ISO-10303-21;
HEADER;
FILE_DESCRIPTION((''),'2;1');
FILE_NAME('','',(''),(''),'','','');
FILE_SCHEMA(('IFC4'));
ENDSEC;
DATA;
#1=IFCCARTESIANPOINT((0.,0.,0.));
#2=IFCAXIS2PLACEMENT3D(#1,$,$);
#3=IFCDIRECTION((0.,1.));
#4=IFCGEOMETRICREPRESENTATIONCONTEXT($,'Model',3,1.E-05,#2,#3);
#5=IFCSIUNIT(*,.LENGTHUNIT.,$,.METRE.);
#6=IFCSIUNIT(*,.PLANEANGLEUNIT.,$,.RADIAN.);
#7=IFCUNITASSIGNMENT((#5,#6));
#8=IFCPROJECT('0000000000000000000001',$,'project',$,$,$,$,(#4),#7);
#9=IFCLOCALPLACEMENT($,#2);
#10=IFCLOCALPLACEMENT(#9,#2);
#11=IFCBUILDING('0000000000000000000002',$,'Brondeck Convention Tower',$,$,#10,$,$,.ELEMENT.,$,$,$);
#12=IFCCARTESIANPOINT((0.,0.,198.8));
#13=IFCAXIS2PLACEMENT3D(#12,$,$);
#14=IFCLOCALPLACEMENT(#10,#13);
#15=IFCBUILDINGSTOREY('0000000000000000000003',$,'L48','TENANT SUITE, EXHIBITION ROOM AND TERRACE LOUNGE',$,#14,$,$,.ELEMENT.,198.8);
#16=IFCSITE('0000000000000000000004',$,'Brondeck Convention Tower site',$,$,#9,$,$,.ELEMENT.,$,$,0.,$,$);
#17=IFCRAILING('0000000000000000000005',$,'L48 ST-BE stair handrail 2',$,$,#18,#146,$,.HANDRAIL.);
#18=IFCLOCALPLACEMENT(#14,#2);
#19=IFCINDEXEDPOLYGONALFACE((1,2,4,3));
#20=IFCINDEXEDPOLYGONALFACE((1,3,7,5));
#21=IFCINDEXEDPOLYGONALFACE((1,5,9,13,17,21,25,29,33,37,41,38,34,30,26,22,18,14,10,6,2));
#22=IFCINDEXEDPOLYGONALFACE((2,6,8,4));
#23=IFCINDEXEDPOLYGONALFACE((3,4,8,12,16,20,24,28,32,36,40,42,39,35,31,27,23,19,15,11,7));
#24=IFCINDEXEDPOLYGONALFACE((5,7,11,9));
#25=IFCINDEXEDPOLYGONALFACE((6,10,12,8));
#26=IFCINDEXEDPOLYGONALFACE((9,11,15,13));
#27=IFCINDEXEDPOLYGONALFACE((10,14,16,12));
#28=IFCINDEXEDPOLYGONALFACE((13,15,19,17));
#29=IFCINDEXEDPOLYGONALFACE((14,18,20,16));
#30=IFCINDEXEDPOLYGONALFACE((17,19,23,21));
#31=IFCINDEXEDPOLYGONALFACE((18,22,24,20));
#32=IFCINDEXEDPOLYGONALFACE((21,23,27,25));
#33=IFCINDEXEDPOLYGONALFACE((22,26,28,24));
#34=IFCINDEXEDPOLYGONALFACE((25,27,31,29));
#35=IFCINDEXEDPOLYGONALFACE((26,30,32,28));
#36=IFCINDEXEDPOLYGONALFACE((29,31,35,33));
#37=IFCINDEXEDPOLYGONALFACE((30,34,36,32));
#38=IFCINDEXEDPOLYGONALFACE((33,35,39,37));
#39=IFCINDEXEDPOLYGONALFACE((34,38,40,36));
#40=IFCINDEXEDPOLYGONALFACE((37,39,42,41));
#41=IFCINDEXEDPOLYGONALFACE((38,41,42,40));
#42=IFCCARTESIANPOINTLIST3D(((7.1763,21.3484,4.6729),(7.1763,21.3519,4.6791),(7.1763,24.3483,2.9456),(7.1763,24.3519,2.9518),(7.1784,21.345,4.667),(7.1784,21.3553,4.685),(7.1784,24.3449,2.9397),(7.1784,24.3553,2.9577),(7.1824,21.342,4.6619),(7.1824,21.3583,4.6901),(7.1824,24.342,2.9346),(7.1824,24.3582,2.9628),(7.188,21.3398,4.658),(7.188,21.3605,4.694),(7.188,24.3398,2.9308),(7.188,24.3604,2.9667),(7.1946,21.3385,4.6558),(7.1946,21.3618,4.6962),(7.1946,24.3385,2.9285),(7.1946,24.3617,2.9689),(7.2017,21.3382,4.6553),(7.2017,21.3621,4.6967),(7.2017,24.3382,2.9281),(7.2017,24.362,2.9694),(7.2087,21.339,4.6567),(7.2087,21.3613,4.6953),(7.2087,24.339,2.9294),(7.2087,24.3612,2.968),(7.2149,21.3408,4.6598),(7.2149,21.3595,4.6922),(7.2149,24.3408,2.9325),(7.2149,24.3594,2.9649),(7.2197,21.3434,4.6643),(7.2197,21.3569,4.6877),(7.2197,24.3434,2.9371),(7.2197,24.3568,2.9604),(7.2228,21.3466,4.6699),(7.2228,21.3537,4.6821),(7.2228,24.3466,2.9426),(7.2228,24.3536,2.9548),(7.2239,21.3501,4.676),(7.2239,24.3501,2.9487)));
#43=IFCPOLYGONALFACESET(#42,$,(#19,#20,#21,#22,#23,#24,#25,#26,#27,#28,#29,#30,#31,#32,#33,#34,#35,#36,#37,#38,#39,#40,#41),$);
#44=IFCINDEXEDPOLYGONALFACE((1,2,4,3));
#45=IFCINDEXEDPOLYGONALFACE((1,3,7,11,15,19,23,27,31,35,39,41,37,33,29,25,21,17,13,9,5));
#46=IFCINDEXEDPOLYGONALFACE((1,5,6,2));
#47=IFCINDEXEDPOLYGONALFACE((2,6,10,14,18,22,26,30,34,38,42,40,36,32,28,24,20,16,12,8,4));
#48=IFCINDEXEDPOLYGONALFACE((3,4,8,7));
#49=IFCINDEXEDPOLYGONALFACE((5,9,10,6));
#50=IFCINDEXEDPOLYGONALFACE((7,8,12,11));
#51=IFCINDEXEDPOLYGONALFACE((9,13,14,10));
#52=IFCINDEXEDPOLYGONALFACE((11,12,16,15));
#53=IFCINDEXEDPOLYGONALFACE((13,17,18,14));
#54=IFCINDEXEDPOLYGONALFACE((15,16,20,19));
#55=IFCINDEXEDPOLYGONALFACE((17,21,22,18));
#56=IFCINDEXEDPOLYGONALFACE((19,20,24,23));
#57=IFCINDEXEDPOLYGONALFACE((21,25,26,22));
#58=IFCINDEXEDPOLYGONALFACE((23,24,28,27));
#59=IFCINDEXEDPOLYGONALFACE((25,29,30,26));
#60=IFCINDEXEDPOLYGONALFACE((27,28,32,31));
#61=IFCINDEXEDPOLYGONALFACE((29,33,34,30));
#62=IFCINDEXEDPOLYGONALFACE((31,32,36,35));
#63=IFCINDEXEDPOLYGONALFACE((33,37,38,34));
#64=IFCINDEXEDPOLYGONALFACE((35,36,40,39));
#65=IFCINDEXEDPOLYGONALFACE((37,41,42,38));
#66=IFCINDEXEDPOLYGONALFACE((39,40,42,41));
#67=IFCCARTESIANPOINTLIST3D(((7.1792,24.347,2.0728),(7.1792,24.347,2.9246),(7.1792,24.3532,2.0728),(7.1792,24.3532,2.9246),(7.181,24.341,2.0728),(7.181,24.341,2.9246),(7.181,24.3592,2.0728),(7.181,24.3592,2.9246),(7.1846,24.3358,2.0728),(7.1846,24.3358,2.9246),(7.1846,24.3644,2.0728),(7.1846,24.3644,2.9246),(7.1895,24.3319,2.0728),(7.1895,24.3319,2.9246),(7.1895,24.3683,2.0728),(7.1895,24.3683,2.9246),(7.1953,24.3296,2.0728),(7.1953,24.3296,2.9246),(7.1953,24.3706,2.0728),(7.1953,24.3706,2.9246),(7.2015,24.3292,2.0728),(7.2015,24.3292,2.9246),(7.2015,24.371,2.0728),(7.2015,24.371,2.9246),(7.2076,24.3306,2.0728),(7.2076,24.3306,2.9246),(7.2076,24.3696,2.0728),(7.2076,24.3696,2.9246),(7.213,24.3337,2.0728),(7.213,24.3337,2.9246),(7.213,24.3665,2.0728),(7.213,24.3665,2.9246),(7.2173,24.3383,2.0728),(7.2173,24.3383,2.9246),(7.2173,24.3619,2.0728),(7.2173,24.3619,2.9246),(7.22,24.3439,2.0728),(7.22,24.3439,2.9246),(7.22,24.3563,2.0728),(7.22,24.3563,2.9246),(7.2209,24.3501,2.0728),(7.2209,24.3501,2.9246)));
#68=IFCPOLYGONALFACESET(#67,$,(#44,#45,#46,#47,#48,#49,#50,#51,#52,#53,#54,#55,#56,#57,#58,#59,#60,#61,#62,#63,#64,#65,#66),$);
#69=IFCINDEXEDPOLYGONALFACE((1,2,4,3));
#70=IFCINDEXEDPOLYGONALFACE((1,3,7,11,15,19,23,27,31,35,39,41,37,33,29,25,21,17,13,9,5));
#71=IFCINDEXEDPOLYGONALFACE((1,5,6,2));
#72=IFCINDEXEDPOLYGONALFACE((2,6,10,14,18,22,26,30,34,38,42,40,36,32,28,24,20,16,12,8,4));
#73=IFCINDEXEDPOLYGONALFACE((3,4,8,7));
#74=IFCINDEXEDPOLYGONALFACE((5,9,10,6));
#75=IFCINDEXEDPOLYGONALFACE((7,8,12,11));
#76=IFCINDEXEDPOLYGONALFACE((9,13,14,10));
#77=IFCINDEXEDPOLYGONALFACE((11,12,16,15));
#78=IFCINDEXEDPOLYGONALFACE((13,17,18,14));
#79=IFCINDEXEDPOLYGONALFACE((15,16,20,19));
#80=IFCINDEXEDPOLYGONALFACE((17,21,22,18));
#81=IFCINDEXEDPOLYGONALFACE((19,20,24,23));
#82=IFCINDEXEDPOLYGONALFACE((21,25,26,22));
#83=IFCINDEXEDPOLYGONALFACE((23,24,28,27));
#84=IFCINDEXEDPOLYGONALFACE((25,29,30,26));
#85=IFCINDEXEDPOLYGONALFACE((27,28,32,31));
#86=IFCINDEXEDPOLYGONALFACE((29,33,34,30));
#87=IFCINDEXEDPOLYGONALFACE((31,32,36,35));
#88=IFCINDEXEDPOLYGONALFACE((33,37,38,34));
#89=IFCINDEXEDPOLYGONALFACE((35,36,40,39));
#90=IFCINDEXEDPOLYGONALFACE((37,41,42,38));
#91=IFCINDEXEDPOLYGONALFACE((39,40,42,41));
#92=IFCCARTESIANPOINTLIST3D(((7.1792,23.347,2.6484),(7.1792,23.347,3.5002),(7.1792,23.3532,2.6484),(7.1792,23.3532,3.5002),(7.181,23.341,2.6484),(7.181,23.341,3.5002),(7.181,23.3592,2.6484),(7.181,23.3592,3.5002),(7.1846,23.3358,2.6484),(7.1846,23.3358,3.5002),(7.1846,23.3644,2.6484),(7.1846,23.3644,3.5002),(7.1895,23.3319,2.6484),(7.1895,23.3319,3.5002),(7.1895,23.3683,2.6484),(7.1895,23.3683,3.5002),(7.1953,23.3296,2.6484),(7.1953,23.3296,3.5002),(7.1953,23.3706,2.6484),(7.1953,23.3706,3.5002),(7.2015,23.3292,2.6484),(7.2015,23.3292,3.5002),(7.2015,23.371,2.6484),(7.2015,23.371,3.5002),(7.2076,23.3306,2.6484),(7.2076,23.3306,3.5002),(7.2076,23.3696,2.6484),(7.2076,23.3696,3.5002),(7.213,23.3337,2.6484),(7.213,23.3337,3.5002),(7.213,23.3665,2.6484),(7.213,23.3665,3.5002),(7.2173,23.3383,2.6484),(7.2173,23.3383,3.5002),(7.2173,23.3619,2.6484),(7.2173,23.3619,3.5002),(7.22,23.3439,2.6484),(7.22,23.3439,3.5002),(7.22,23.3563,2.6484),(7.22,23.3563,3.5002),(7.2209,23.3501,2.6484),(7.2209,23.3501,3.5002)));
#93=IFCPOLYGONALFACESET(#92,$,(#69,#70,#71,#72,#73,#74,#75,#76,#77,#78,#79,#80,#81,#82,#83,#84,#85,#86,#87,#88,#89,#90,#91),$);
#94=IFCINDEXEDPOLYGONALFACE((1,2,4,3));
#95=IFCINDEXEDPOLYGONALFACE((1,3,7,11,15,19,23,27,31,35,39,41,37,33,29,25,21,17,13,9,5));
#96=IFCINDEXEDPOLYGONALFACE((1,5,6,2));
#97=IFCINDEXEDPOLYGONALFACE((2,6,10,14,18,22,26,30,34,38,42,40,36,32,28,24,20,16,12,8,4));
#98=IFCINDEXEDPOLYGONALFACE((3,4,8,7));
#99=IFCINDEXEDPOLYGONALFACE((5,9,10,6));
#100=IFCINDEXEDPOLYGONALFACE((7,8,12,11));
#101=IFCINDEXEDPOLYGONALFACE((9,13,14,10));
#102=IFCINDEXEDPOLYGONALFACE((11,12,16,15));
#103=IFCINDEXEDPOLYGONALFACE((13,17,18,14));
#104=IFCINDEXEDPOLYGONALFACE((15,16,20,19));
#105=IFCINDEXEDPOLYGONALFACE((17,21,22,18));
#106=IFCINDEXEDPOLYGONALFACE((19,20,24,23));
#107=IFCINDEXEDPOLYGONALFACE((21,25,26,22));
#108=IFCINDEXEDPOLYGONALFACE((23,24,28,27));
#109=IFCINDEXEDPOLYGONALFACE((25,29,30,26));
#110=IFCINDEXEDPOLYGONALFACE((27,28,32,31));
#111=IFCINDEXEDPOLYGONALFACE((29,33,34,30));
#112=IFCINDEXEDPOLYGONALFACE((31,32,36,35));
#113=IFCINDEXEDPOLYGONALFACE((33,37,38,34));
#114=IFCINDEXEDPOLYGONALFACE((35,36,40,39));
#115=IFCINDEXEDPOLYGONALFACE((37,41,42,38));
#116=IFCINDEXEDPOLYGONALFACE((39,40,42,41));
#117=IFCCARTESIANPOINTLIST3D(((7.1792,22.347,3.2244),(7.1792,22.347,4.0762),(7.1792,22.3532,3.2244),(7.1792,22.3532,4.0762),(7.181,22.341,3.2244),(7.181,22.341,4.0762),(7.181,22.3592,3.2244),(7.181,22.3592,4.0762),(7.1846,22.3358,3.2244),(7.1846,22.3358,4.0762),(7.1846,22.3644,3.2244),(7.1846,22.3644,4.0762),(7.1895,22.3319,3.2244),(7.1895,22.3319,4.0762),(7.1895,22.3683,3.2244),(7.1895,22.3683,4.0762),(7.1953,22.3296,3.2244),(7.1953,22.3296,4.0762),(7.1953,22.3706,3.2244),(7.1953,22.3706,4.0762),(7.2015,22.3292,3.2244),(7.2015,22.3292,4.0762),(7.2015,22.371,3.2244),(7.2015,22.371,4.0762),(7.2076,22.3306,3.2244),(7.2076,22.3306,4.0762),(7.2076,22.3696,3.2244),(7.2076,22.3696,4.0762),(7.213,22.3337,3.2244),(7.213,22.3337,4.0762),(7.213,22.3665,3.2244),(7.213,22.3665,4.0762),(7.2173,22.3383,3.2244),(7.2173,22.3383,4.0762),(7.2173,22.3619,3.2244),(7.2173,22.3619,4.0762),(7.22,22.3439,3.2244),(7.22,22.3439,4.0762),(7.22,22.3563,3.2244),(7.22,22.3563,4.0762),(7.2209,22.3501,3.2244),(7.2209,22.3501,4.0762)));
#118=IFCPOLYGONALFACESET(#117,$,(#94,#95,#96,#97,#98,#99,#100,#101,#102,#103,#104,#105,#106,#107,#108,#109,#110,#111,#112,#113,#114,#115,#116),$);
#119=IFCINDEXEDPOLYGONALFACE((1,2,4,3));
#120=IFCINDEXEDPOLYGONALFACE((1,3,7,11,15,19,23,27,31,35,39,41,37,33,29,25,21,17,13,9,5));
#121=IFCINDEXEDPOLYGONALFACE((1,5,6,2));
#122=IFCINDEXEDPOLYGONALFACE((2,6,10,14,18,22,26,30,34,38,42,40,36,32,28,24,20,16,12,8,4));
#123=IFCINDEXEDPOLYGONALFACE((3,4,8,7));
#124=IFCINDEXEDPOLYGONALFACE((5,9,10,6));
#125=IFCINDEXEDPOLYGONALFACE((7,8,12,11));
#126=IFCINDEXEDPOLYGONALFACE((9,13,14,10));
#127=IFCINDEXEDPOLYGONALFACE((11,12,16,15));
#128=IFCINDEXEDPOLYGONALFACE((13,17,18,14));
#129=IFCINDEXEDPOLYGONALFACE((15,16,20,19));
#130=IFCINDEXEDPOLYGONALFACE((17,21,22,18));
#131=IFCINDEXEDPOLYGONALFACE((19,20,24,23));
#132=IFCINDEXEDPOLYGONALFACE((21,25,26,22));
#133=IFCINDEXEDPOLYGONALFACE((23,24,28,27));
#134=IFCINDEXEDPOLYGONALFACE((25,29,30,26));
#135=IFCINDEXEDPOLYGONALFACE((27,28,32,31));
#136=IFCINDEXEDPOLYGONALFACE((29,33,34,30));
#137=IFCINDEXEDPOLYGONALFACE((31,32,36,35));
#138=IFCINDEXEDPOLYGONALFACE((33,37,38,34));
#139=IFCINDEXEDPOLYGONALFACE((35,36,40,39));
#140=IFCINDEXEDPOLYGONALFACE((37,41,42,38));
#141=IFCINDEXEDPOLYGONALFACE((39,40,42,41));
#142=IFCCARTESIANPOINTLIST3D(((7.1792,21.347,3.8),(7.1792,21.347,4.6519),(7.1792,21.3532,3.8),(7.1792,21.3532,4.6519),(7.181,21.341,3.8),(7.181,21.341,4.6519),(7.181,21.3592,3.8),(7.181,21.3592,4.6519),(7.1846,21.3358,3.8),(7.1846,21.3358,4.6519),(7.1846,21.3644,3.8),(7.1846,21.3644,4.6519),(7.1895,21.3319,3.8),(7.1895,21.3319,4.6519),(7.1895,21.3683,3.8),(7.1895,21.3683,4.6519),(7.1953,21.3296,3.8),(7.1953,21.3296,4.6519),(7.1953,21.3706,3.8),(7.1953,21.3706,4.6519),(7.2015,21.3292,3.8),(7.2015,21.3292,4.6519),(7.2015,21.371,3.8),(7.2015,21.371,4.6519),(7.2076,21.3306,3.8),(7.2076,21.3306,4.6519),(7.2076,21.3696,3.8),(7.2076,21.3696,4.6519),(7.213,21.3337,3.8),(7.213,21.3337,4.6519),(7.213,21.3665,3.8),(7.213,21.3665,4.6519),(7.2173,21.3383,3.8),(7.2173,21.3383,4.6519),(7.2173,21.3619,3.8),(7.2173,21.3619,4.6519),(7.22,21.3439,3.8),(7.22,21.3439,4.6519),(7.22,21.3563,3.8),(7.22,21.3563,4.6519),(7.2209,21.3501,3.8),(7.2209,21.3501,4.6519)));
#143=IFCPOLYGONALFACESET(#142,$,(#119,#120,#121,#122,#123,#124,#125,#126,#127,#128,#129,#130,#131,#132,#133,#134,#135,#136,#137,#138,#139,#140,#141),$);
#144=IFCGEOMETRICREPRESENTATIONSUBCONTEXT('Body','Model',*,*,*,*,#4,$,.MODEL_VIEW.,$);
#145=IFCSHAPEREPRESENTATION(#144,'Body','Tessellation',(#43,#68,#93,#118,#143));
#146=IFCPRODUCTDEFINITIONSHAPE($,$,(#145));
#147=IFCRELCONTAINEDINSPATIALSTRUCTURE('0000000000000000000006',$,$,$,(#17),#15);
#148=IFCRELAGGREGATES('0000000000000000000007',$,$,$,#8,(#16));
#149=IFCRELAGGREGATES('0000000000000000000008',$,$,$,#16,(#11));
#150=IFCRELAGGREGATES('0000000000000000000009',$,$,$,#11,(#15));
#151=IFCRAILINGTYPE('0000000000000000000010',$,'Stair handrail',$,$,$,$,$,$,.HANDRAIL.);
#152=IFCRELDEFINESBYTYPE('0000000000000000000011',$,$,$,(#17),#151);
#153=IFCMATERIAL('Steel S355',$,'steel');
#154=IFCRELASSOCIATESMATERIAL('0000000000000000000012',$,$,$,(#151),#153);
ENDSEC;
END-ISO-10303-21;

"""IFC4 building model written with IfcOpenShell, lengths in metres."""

from ifc_helpers import new_model, si_unit, direction, frame, origin, origin_2d, place, context, subcontext, project, spatial, circle, extrude, material, type_object, element, save


model = new_model("IFC4")

# Units and contexts
model_context = context("Model", 3, precision=1e-05, world=origin(), true_north=direction((0.0, 1.0)))
body_context = subcontext(model_context, "Body", "Model", "MODEL_VIEW")
ifc_project = project(units=[si_unit("LENGTHUNIT", "METRE"), si_unit("PLANEANGLEUNIT", "RADIAN")], contexts=[model_context])

# Site, building, storey
site_placement = place(None, origin())
site = spatial("IfcSite", under=ifc_project, at=site_placement, Name="Brondeck Convention Tower site", CompositionType="ELEMENT", RefElevation=0.0)
building_placement = place(site_placement, origin())
building = spatial("IfcBuilding", under=site, at=building_placement, Name="Brondeck Convention Tower", CompositionType="ELEMENT")
storey_placement = place(building_placement, frame((0.0, 0.0, 198.8)))
storey = spatial("IfcBuildingStorey", under=building, at=storey_placement, Name="L48", Description="TENANT SUITE, EXHIBITION ROOM AND TERRACE LOUNGE", CompositionType="ELEMENT", Elevation=198.8)

# Railing
ifc_material_1 = material(Name="Steel S355", Category="steel")
railing_type_1 = type_object("IfcRailingType", Name="Stair handrail", PredefinedType="HANDRAIL", material=ifc_material_1)
railing_1_placement = place(storey_placement, frame((7.2, 24.3501, 2.0728)))
element("IfcRailing", 1, at=railing_1_placement, inside=storey, type_object=railing_type_1, Name="L48 ST-BE stair handrail 2", PredefinedType="HANDRAIL", context=body_context, shape_type="SweptSolid", body=[
    extrude(circle(Radius=0.0239, at=origin_2d()), frame((0.0, 0.0, 0.876), z_axis=(0.0, -0.86662, 0.498969), x_axis=(1.0, 0.0, 0.0)), (0.0, 0.0, 1.0), 3.4617),
    extrude(circle(Radius=0.021, at=origin_2d()), origin(), (0.0, 0.0, 1.0), 0.8518),
    extrude(circle(Radius=0.021, at=origin_2d()), frame((0.0, -1.0, 0.5757)), (0.0, 0.0, 1.0), 0.8518),
    extrude(circle(Radius=0.021, at=origin_2d()), frame((0.0, -2.0, 1.1516)), (0.0, 0.0, 1.0), 0.8518),
    extrude(circle(Radius=0.021, at=origin_2d()), frame((0.0, -3.0, 1.7273)), (0.0, 0.0, 1.0), 0.8518),
])

save(model, "model.ifc")
